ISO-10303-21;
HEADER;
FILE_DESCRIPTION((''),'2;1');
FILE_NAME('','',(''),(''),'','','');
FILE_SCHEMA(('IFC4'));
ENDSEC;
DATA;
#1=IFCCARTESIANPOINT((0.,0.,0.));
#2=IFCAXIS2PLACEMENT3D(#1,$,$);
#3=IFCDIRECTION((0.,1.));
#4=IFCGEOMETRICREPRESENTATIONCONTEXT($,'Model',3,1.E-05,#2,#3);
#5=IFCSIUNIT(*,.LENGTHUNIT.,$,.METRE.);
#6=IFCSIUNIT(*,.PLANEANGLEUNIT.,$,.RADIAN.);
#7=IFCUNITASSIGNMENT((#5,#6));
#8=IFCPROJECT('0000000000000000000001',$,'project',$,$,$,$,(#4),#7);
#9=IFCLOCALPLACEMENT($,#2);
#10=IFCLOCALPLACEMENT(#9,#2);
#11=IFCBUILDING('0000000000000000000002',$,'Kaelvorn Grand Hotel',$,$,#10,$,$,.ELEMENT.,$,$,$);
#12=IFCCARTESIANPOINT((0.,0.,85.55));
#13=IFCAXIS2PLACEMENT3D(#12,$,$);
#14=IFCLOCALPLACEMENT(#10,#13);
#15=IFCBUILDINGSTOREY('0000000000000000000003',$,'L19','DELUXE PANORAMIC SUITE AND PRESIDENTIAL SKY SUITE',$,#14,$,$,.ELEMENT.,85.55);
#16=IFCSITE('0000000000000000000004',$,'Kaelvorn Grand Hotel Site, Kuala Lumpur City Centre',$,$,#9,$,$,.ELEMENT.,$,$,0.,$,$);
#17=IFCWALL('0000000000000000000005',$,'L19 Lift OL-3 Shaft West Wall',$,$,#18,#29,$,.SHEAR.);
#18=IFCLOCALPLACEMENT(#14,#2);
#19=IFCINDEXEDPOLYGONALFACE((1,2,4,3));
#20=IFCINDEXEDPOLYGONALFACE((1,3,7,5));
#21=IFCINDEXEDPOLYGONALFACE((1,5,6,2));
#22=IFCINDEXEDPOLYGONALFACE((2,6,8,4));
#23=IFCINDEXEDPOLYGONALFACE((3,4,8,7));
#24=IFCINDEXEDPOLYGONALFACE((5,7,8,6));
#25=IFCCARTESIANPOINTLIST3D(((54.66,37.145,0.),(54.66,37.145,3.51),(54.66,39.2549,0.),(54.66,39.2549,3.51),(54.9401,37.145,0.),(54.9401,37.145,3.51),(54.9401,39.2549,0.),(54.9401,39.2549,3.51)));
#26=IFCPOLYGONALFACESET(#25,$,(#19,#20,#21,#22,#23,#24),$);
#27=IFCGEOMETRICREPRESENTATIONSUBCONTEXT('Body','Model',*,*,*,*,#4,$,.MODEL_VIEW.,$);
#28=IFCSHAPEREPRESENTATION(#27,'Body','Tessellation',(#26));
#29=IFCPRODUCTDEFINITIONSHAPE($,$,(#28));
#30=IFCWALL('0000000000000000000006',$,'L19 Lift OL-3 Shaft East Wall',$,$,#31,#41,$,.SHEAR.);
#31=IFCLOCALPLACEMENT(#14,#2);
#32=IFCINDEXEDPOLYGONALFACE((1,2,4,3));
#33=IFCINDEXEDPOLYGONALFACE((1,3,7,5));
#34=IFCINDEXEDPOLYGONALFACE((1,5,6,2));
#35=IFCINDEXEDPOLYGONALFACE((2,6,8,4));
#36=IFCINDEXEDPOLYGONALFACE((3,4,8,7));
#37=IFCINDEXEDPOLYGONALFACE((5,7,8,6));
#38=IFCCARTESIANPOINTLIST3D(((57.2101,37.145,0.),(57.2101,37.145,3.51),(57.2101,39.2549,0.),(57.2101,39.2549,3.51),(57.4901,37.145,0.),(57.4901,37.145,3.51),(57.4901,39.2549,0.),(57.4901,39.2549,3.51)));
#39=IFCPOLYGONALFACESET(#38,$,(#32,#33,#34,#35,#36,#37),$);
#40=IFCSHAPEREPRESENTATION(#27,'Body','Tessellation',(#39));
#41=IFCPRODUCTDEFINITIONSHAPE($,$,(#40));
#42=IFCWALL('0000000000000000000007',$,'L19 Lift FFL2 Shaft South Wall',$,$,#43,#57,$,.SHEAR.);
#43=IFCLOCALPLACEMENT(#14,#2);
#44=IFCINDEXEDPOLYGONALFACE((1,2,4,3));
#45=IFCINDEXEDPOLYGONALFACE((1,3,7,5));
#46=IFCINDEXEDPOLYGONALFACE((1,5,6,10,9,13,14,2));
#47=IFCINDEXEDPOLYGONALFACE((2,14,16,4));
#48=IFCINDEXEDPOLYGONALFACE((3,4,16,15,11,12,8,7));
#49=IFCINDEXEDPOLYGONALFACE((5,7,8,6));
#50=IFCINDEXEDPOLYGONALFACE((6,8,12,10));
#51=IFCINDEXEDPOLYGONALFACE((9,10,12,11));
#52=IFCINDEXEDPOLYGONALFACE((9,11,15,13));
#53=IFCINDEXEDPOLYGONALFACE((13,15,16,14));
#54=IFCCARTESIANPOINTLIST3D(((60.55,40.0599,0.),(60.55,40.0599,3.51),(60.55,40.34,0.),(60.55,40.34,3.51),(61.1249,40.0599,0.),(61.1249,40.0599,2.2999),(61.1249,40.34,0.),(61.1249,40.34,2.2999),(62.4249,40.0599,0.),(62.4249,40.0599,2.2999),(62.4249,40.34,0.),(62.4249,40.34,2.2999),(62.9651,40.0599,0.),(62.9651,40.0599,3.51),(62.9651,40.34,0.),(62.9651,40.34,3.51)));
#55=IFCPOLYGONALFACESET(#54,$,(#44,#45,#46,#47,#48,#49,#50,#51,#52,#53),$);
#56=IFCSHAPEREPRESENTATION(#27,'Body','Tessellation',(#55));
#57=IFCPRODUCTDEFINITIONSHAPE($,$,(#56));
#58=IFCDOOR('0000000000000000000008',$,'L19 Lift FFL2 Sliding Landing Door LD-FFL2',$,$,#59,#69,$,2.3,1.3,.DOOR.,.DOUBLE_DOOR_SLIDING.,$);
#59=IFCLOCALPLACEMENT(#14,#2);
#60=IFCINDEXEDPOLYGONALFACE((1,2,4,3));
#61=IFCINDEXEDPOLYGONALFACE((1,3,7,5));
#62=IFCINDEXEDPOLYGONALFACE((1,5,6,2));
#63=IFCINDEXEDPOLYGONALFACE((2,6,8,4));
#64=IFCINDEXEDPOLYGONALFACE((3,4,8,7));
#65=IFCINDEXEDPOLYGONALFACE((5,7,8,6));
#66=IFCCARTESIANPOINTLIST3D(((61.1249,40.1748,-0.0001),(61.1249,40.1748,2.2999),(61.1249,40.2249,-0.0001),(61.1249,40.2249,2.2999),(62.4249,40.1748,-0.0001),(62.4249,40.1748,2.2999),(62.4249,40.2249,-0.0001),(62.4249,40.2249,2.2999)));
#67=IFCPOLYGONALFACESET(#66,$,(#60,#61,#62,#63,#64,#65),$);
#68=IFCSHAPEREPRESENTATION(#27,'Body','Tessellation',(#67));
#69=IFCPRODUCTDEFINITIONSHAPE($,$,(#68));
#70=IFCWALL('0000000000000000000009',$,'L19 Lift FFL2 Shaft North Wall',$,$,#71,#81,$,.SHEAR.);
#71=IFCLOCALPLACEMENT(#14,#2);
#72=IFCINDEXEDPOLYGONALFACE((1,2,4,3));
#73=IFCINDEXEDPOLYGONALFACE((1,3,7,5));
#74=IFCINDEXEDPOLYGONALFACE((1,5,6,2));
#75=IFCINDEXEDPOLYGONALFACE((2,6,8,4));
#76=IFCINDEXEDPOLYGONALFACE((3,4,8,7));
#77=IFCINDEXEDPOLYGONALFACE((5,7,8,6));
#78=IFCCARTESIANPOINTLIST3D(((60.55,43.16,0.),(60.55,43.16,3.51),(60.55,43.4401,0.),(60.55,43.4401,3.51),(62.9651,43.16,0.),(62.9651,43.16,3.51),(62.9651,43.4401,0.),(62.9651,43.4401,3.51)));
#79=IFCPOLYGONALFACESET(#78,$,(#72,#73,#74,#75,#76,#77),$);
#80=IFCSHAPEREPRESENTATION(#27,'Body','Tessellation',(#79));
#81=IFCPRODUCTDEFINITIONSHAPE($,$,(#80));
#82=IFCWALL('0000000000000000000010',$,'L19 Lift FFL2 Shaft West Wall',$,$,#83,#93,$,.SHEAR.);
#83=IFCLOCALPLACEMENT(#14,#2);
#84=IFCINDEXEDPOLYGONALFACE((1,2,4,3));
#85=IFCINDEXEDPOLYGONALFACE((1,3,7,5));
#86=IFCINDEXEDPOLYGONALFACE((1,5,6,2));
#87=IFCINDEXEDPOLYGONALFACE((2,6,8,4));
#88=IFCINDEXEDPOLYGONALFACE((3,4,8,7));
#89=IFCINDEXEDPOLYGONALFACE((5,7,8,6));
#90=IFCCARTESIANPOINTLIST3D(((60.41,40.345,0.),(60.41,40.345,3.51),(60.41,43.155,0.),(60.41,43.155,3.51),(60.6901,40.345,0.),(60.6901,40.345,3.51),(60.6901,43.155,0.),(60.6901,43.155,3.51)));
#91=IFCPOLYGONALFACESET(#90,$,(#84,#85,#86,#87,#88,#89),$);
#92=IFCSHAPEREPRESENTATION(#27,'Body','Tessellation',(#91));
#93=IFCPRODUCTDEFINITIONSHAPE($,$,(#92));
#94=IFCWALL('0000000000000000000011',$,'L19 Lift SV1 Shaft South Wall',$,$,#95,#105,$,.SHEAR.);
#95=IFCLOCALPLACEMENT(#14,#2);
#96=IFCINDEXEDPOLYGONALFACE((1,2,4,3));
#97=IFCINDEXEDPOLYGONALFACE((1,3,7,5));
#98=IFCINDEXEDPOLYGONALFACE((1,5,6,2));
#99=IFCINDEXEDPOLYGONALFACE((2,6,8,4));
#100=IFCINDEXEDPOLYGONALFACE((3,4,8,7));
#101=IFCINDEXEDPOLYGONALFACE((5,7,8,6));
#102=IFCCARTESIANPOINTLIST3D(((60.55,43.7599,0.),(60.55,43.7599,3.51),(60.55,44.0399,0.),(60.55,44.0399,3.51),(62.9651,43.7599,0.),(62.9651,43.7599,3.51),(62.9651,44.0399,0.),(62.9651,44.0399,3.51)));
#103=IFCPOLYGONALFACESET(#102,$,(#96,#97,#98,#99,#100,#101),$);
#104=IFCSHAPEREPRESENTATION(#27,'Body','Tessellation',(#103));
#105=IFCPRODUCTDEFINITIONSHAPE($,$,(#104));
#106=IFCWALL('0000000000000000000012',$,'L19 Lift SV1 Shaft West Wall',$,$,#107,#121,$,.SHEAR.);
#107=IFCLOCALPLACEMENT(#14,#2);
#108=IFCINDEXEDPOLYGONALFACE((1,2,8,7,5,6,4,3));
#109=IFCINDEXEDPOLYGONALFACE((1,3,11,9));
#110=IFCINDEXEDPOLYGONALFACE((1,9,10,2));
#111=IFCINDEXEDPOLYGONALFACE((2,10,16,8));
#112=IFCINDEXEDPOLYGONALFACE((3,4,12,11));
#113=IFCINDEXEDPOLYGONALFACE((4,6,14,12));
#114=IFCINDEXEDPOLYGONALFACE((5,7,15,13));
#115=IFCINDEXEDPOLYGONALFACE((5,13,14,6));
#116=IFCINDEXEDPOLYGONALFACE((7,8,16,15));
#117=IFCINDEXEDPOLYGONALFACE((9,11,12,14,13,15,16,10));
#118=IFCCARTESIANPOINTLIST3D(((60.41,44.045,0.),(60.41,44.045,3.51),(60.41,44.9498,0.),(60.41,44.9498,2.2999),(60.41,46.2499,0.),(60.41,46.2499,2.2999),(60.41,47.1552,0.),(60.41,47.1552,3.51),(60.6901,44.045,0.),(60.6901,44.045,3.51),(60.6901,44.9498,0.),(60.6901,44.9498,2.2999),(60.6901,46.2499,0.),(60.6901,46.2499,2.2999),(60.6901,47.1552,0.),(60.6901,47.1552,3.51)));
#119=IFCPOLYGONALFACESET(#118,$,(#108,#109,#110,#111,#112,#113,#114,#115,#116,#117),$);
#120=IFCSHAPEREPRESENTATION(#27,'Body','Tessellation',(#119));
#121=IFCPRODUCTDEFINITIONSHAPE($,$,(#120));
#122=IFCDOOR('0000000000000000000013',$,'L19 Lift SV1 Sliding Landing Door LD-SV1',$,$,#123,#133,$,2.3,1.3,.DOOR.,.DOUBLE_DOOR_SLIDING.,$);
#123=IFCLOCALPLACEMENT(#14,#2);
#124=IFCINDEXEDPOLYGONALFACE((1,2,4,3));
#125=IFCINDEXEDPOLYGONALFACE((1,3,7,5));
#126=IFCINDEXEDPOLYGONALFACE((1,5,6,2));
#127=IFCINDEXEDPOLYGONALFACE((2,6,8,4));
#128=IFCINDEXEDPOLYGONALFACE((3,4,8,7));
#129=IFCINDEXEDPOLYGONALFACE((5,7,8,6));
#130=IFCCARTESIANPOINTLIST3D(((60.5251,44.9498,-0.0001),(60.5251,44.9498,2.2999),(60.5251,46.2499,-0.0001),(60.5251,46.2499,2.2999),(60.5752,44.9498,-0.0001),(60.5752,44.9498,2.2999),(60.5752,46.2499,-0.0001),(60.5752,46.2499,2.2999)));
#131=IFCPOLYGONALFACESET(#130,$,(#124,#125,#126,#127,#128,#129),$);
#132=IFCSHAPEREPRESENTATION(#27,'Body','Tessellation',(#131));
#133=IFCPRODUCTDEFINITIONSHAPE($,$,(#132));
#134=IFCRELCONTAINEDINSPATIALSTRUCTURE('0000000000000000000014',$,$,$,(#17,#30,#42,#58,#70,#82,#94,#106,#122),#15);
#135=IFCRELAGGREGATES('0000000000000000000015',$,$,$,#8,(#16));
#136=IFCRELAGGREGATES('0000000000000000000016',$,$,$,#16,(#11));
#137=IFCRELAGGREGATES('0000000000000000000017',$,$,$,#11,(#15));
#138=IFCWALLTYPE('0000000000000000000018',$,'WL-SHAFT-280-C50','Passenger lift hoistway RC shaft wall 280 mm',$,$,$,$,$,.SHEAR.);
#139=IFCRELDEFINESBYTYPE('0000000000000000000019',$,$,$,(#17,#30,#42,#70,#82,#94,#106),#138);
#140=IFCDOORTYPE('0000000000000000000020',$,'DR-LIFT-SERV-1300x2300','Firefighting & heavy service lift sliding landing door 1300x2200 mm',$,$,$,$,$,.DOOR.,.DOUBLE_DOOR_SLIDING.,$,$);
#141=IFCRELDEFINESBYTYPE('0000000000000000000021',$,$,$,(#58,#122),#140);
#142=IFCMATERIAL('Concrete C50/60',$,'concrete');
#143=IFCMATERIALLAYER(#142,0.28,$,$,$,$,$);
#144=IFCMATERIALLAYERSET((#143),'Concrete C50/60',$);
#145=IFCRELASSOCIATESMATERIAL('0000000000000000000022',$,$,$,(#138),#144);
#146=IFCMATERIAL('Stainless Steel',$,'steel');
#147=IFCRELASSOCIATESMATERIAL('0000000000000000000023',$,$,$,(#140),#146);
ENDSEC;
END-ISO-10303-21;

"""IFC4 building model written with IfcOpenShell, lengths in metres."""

from ifc_helpers import new_model, si_unit, direction, frame, frame_2d, origin, place, context, subcontext, project, spatial, rectangle, extrude, material, layer, layer_set, type_object, element, fill, save


model = new_model("IFC4")

# Units and contexts
model_context = context("Model", 3, precision=1e-05, world=origin(), true_north=direction((0.0, 1.0)))
body_context = subcontext(model_context, "Body", "Model", "MODEL_VIEW")
ifc_project = project(units=[si_unit("LENGTHUNIT", "METRE"), si_unit("PLANEANGLEUNIT", "RADIAN")], contexts=[model_context])

# Site, building, storey
site_placement = place(None, origin())
site = spatial("IfcSite", under=ifc_project, at=site_placement, Name="Kaelvorn Grand Hotel Site, Kuala Lumpur City Centre", CompositionType="ELEMENT", RefElevation=0.0)
building_placement = place(site_placement, origin())
building = spatial("IfcBuilding", under=site, at=building_placement, Name="Kaelvorn Grand Hotel", CompositionType="ELEMENT")
storey_placement = place(building_placement, frame((0.0, 0.0, 85.55)))
storey = spatial("IfcBuildingStorey", under=building, at=storey_placement, Name="L19", Description="DELUXE PANORAMIC SUITE AND PRESIDENTIAL SKY SUITE", CompositionType="ELEMENT", Elevation=85.55)

# Walls
ifc_material_1 = material(Name="Concrete C50/60", Category="concrete")
ifc_layer_1 = layer(ifc_material_1, 0.28)
ifc_layer_set_1 = layer_set([ifc_layer_1], Name="Concrete C50/60")
wall_type_1 = type_object("IfcWallType", Name="WL-SHAFT-280-C50", Description="Passenger lift hoistway RC shaft wall 280 mm", PredefinedType="SHEAR", material=ifc_layer_set_1)
for number, where, z_axis, x_axis, name in (
    (1, (54.8, 37.145, 0.0), (0.0, 0.0, 1.0), (0.0, 1.0, 0.0), "L19 Lift OL-3 Shaft West Wall"),
    (2, (57.3501, 37.145, 0.0), (0.0, 0.0, 1.0), (0.0, 1.0, 0.0), "L19 Lift OL-3 Shaft East Wall"),
):
    element("IfcWall", number, at=place(storey_placement, frame(where, z_axis=z_axis, x_axis=x_axis)), inside=storey, type_object=wall_type_1, Name=name, PredefinedType="SHEAR", context=body_context, shape_type="SweptSolid", body=[
        extrude(rectangle(XDim=2.1099, YDim=0.28, at=frame_2d((1.0549, 0.0))), origin(), (0.0, 0.0, 1.0), 3.51),
    ])

# Wall, opening, door
wall_1_placement = place(storey_placement, frame((60.55, 40.2, 0.0), z_axis=(0.0, 0.0, 1.0), x_axis=(1.0, 0.0, 0.0)))
wall_1 = element("IfcWall", 3, at=wall_1_placement, inside=storey, type_object=wall_type_1, Name="L19 Lift FFL2 Shaft South Wall", PredefinedType="SHEAR", context=body_context, shape_type="SweptSolid", body=[
    extrude(rectangle(XDim=2.415, YDim=0.28, at=frame_2d((1.2075, 0.0))), origin(), (0.0, 0.0, 1.0), 3.51),
])
opening_1_placement = place(wall_1_placement, frame((0.575, 0.0, 0.0)))
opening_1 = element("IfcOpeningElement", 4, at=opening_1_placement, cuts=wall_1, PredefinedType="OPENING", context=body_context, shape_type="SweptSolid", body=[
    extrude(rectangle(XDim=1.3, YDim=2.3, at=frame_2d((0.6499, 1.1499))), frame((0.0, 0.1499, 0.0), z_axis=(0.0, -1.0, 0.0), x_axis=(1.0, 0.0, 0.0)), (0.0, 0.0, 1.0), 0.3),
])
ifc_material_2 = material(Name="Stainless Steel", Category="steel")
door_type_1 = type_object("IfcDoorType", Name="DR-LIFT-SERV-1300x2300", Description="Firefighting & heavy service lift sliding landing door 1300x2200 mm", OperationType="DOUBLE_DOOR_SLIDING", PredefinedType="DOOR", material=ifc_material_2)
door_1_placement = place(opening_1_placement, origin())
door_1 = element("IfcDoor", 5, at=door_1_placement, inside=storey, type_object=door_type_1, Name="L19 Lift FFL2 Sliding Landing Door LD-FFL2", OperationType="DOUBLE_DOOR_SLIDING", OverallHeight=2.3, OverallWidth=1.3, PredefinedType="DOOR", context=body_context, shape_type="SweptSolid", body=[
    extrude(rectangle(XDim=1.3, YDim=2.3, at=frame_2d((0.6499, 1.1499))), frame((0.0, 0.0249, 0.0), z_axis=(0.0, -1.0, 0.0), x_axis=(1.0, 0.0, 0.0)), (0.0, 0.0, 1.0), 0.05),
])
fill(opening_1, door_1)

# Walls
wall_2_placement = place(storey_placement, frame((60.55, 43.3, 0.0), z_axis=(0.0, 0.0, 1.0), x_axis=(1.0, 0.0, 0.0)))
element("IfcWall", 6, at=wall_2_placement, inside=storey, type_object=wall_type_1, Name="L19 Lift FFL2 Shaft North Wall", PredefinedType="SHEAR", context=body_context, shape_type="SweptSolid", body=[
    extrude(rectangle(XDim=2.415, YDim=0.28, at=frame_2d((1.2075, 0.0))), origin(), (0.0, 0.0, 1.0), 3.51),
])
wall_3_placement = place(storey_placement, frame((60.55, 40.345, 0.0), z_axis=(0.0, 0.0, 1.0), x_axis=(0.0, 1.0, 0.0)))
element("IfcWall", 7, at=wall_3_placement, inside=storey, type_object=wall_type_1, Name="L19 Lift FFL2 Shaft West Wall", PredefinedType="SHEAR", context=body_context, shape_type="SweptSolid", body=[
    extrude(rectangle(XDim=2.8101, YDim=0.28, at=frame_2d((1.405, 0.0))), origin(), (0.0, 0.0, 1.0), 3.51),
])
wall_4_placement = place(storey_placement, frame((60.55, 43.8999, 0.0), z_axis=(0.0, 0.0, 1.0), x_axis=(1.0, 0.0, 0.0)))
element("IfcWall", 8, at=wall_4_placement, inside=storey, type_object=wall_type_1, Name="L19 Lift SV1 Shaft South Wall", PredefinedType="SHEAR", context=body_context, shape_type="SweptSolid", body=[
    extrude(rectangle(XDim=2.415, YDim=0.28, at=frame_2d((1.2075, 0.0))), origin(), (0.0, 0.0, 1.0), 3.51),
])

# Wall, opening, door
wall_5_placement = place(storey_placement, frame((60.55, 44.0449, 0.0), z_axis=(0.0, 0.0, 1.0), x_axis=(0.0, 1.0, 0.0)))
wall_5 = element("IfcWall", 9, at=wall_5_placement, inside=storey, type_object=wall_type_1, Name="L19 Lift SV1 Shaft West Wall", PredefinedType="SHEAR", context=body_context, shape_type="SweptSolid", body=[
    extrude(rectangle(XDim=3.1101, YDim=0.28, at=frame_2d((1.5552, 0.0))), origin(), (0.0, 0.0, 1.0), 3.51),
])
opening_2_placement = place(wall_5_placement, frame((0.905, 0.0, 0.0)))
opening_2 = element("IfcOpeningElement", 10, at=opening_2_placement, cuts=wall_5, PredefinedType="OPENING", context=body_context, shape_type="SweptSolid", body=[
    extrude(rectangle(XDim=1.3, YDim=2.3, at=frame_2d((0.6499, 1.1499))), frame((0.0, 0.1499, 0.0), z_axis=(0.0, -1.0, 0.0), x_axis=(1.0, 0.0, 0.0)), (0.0, 0.0, 1.0), 0.3),
])
door_2_placement = place(opening_2_placement, origin())
door_2 = element("IfcDoor", 11, at=door_2_placement, inside=storey, type_object=door_type_1, Name="L19 Lift SV1 Sliding Landing Door LD-SV1", OperationType="DOUBLE_DOOR_SLIDING", OverallHeight=2.3, OverallWidth=1.3, PredefinedType="DOOR", context=body_context, shape_type="SweptSolid", body=[
    extrude(rectangle(XDim=1.3, YDim=2.3, at=frame_2d((0.6499, 1.1499))), frame((0.0, 0.0249, 0.0), z_axis=(0.0, -1.0, 0.0), x_axis=(1.0, 0.0, 0.0)), (0.0, 0.0, 1.0), 0.05),
])
fill(opening_2, door_2)

save(model, "model.ifc")
